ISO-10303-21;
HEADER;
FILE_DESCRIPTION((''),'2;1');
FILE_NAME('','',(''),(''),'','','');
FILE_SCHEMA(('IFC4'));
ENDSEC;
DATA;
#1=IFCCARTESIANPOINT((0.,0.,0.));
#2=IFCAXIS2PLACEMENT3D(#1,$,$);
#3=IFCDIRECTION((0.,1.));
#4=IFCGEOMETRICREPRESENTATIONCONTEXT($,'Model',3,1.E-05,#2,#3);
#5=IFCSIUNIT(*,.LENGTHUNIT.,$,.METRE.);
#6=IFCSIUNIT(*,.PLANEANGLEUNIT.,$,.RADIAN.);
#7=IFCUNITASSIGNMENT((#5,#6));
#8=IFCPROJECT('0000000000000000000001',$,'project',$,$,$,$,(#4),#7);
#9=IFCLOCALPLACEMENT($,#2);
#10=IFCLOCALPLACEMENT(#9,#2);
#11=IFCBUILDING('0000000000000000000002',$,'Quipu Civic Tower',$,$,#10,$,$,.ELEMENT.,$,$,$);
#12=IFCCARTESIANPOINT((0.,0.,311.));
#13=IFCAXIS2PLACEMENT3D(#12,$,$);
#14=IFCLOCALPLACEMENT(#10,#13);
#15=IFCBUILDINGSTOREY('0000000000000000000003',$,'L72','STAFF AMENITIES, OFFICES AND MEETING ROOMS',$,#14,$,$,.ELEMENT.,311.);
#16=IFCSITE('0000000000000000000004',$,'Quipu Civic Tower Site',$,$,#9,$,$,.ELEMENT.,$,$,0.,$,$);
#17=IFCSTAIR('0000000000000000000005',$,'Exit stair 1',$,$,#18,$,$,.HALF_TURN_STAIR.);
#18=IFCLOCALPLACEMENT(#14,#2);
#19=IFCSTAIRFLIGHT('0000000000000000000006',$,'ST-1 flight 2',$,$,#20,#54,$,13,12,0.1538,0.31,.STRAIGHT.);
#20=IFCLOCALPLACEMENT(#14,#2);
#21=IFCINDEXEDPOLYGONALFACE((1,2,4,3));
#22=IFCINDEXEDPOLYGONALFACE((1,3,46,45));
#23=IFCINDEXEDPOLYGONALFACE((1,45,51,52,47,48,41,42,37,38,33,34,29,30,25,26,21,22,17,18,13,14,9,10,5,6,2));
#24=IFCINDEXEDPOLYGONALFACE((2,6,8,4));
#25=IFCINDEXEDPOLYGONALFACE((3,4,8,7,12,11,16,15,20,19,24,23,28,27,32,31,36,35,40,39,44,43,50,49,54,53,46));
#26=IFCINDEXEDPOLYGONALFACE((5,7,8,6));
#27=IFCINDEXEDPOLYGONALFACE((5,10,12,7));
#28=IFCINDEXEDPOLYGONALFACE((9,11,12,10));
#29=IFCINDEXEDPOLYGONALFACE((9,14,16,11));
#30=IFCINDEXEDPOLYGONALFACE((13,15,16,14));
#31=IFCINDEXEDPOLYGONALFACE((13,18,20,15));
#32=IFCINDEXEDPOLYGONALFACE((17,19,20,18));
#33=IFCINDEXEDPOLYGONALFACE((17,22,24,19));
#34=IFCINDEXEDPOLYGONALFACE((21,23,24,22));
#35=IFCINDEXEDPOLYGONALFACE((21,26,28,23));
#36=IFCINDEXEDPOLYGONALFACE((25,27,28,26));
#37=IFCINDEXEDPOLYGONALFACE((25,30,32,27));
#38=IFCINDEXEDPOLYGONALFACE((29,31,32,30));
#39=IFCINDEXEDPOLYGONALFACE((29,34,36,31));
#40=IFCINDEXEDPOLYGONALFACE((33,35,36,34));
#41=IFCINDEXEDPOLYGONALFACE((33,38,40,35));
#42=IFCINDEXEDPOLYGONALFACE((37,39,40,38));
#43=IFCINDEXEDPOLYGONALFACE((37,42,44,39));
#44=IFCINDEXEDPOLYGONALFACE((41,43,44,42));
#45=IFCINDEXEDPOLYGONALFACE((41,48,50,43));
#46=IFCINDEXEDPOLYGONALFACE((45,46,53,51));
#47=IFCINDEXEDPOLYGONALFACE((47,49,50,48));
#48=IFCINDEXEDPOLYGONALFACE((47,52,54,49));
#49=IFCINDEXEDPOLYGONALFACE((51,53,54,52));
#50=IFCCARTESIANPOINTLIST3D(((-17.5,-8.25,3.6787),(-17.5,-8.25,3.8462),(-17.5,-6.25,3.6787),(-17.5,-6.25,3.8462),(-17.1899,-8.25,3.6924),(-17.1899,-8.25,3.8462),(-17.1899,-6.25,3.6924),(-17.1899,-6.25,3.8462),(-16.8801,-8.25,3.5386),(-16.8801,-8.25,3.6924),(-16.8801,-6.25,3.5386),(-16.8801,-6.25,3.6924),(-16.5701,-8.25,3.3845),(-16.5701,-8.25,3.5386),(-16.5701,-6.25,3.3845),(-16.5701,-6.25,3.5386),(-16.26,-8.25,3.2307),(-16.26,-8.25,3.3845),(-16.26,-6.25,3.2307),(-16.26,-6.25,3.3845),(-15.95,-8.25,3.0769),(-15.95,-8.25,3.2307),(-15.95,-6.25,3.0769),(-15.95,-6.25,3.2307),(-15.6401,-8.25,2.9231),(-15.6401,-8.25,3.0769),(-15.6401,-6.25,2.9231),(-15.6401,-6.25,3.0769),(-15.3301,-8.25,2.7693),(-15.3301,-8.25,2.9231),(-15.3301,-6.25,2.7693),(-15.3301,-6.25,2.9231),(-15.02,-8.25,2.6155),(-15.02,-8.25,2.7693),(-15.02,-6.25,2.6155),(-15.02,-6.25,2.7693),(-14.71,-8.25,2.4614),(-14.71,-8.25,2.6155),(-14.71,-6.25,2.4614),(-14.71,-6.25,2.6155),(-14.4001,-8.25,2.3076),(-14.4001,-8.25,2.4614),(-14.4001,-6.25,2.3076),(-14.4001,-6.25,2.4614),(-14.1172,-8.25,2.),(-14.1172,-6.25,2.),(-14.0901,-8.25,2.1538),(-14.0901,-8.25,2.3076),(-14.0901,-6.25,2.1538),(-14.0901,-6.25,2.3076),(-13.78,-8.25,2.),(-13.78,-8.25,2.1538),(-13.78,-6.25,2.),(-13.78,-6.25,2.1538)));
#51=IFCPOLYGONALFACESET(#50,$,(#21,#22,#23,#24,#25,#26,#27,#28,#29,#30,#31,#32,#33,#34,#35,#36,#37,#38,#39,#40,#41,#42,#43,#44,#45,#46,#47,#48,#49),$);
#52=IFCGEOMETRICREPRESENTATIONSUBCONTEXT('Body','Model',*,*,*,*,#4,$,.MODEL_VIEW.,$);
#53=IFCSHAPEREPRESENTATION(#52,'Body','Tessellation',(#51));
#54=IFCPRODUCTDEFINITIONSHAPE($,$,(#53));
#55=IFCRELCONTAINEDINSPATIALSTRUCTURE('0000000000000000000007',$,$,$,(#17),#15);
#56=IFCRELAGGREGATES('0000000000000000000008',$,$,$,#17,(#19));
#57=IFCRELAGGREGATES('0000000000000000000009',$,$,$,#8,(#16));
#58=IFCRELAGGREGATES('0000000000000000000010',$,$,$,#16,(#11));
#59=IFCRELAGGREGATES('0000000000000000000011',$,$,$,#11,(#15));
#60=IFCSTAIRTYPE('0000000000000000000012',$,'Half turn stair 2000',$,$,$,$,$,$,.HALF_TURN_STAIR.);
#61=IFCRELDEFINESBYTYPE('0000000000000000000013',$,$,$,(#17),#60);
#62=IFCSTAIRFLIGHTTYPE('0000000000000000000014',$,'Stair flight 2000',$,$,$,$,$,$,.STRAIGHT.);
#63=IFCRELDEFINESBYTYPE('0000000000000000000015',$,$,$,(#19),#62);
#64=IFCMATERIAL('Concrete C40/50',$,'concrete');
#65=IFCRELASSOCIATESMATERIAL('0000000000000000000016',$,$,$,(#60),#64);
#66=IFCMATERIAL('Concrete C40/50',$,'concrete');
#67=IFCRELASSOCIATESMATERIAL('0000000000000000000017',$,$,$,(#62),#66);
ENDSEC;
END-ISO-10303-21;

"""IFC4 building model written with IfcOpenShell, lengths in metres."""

from ifc_helpers import new_model, si_unit, direction, frame, origin, place, context, subcontext, project, spatial, polyline, outline, extrude, material, type_object, element, aggregate, save


model = new_model("IFC4")

# Units and contexts
model_context = context("Model", 3, precision=1e-05, world=origin(), true_north=direction((0.0, 1.0)))
body_context = subcontext(model_context, "Body", "Model", "MODEL_VIEW")
ifc_project = project(units=[si_unit("LENGTHUNIT", "METRE"), si_unit("PLANEANGLEUNIT", "RADIAN")], contexts=[model_context])

# Site, building, storey
site_placement = place(None, origin())
site = spatial("IfcSite", under=ifc_project, at=site_placement, Name="Quipu Civic Tower Site", CompositionType="ELEMENT", RefElevation=0.0)
building_placement = place(site_placement, origin())
building = spatial("IfcBuilding", under=site, at=building_placement, Name="Quipu Civic Tower", CompositionType="ELEMENT")
storey_placement = place(building_placement, frame((0.0, 0.0, 311.0)))
storey = spatial("IfcBuildingStorey", under=building, at=storey_placement, Name="L72", Description="STAFF AMENITIES, OFFICES AND MEETING ROOMS", CompositionType="ELEMENT", Elevation=311.0)

# Stair, stair flight
ifc_material_1 = material(Name="Concrete C40/50", Category="concrete")
stair_type = type_object("IfcStairType", Name="Half turn stair 2000", PredefinedType="HALF_TURN_STAIR", material=ifc_material_1)
stair_placement = place(storey_placement, origin())
stair = element("IfcStair", 1, at=stair_placement, inside=storey, type_object=stair_type, Name="Exit stair 1", PredefinedType="HALF_TURN_STAIR")
ifc_material_2 = material(Name="Concrete C40/50", Category="concrete")
stair_flight_type = type_object("IfcStairFlightType", Name="Stair flight 2000", PredefinedType="STRAIGHT", material=ifc_material_2)
stair_flight_1_placement = place(storey_placement, frame((-13.78, -7.25, 2.0), z_axis=(0.0, 0.0, 1.0), x_axis=(-1.0, 0.0, 0.0)))
stair_flight_1 = element("IfcStairFlight", 2, at=stair_flight_1_placement, type_object=stair_flight_type, Name="ST-1 flight 2", NumberOfRisers=13, NumberOfTreads=12, PredefinedType="STRAIGHT", RiserHeight=0.1538, TreadLength=0.31, context=body_context, shape_type="SweptSolid", body=[
    extrude(outline(polyline([(0.0, 0.0), (0.0, 0.1538), (0.3101, 0.1538), (0.3101, 0.3076), (0.6201, 0.3076), (0.6201, 0.4614), (0.9299, 0.4614), (0.9299, 0.6155), (1.24, 0.6155), (1.24, 0.7693), (1.55, 0.7693), (1.55, 0.9231), (1.8601, 0.9231), (1.8601, 1.0769), (2.1699, 1.0769), (2.1699, 1.2307), (2.48, 1.2307), (2.48, 1.3845), (2.79, 1.3845), (2.79, 1.5386), (3.1001, 1.5386), (3.1001, 1.6924), (3.4099, 1.6924), (3.4099, 1.8462), (3.72, 1.8462), (3.72, 2.0), (3.72, 1.6787), (0.3372, 0.0), (0.0, 0.0)])), frame((0.0, 1.0, 0.0), z_axis=(0.0, -1.0, 0.0), x_axis=(1.0, 0.0, 0.0)), (0.0, 0.0, 1.0), 2.0),
])
aggregate(stair, [stair_flight_1])

save(model, "model.ifc")
